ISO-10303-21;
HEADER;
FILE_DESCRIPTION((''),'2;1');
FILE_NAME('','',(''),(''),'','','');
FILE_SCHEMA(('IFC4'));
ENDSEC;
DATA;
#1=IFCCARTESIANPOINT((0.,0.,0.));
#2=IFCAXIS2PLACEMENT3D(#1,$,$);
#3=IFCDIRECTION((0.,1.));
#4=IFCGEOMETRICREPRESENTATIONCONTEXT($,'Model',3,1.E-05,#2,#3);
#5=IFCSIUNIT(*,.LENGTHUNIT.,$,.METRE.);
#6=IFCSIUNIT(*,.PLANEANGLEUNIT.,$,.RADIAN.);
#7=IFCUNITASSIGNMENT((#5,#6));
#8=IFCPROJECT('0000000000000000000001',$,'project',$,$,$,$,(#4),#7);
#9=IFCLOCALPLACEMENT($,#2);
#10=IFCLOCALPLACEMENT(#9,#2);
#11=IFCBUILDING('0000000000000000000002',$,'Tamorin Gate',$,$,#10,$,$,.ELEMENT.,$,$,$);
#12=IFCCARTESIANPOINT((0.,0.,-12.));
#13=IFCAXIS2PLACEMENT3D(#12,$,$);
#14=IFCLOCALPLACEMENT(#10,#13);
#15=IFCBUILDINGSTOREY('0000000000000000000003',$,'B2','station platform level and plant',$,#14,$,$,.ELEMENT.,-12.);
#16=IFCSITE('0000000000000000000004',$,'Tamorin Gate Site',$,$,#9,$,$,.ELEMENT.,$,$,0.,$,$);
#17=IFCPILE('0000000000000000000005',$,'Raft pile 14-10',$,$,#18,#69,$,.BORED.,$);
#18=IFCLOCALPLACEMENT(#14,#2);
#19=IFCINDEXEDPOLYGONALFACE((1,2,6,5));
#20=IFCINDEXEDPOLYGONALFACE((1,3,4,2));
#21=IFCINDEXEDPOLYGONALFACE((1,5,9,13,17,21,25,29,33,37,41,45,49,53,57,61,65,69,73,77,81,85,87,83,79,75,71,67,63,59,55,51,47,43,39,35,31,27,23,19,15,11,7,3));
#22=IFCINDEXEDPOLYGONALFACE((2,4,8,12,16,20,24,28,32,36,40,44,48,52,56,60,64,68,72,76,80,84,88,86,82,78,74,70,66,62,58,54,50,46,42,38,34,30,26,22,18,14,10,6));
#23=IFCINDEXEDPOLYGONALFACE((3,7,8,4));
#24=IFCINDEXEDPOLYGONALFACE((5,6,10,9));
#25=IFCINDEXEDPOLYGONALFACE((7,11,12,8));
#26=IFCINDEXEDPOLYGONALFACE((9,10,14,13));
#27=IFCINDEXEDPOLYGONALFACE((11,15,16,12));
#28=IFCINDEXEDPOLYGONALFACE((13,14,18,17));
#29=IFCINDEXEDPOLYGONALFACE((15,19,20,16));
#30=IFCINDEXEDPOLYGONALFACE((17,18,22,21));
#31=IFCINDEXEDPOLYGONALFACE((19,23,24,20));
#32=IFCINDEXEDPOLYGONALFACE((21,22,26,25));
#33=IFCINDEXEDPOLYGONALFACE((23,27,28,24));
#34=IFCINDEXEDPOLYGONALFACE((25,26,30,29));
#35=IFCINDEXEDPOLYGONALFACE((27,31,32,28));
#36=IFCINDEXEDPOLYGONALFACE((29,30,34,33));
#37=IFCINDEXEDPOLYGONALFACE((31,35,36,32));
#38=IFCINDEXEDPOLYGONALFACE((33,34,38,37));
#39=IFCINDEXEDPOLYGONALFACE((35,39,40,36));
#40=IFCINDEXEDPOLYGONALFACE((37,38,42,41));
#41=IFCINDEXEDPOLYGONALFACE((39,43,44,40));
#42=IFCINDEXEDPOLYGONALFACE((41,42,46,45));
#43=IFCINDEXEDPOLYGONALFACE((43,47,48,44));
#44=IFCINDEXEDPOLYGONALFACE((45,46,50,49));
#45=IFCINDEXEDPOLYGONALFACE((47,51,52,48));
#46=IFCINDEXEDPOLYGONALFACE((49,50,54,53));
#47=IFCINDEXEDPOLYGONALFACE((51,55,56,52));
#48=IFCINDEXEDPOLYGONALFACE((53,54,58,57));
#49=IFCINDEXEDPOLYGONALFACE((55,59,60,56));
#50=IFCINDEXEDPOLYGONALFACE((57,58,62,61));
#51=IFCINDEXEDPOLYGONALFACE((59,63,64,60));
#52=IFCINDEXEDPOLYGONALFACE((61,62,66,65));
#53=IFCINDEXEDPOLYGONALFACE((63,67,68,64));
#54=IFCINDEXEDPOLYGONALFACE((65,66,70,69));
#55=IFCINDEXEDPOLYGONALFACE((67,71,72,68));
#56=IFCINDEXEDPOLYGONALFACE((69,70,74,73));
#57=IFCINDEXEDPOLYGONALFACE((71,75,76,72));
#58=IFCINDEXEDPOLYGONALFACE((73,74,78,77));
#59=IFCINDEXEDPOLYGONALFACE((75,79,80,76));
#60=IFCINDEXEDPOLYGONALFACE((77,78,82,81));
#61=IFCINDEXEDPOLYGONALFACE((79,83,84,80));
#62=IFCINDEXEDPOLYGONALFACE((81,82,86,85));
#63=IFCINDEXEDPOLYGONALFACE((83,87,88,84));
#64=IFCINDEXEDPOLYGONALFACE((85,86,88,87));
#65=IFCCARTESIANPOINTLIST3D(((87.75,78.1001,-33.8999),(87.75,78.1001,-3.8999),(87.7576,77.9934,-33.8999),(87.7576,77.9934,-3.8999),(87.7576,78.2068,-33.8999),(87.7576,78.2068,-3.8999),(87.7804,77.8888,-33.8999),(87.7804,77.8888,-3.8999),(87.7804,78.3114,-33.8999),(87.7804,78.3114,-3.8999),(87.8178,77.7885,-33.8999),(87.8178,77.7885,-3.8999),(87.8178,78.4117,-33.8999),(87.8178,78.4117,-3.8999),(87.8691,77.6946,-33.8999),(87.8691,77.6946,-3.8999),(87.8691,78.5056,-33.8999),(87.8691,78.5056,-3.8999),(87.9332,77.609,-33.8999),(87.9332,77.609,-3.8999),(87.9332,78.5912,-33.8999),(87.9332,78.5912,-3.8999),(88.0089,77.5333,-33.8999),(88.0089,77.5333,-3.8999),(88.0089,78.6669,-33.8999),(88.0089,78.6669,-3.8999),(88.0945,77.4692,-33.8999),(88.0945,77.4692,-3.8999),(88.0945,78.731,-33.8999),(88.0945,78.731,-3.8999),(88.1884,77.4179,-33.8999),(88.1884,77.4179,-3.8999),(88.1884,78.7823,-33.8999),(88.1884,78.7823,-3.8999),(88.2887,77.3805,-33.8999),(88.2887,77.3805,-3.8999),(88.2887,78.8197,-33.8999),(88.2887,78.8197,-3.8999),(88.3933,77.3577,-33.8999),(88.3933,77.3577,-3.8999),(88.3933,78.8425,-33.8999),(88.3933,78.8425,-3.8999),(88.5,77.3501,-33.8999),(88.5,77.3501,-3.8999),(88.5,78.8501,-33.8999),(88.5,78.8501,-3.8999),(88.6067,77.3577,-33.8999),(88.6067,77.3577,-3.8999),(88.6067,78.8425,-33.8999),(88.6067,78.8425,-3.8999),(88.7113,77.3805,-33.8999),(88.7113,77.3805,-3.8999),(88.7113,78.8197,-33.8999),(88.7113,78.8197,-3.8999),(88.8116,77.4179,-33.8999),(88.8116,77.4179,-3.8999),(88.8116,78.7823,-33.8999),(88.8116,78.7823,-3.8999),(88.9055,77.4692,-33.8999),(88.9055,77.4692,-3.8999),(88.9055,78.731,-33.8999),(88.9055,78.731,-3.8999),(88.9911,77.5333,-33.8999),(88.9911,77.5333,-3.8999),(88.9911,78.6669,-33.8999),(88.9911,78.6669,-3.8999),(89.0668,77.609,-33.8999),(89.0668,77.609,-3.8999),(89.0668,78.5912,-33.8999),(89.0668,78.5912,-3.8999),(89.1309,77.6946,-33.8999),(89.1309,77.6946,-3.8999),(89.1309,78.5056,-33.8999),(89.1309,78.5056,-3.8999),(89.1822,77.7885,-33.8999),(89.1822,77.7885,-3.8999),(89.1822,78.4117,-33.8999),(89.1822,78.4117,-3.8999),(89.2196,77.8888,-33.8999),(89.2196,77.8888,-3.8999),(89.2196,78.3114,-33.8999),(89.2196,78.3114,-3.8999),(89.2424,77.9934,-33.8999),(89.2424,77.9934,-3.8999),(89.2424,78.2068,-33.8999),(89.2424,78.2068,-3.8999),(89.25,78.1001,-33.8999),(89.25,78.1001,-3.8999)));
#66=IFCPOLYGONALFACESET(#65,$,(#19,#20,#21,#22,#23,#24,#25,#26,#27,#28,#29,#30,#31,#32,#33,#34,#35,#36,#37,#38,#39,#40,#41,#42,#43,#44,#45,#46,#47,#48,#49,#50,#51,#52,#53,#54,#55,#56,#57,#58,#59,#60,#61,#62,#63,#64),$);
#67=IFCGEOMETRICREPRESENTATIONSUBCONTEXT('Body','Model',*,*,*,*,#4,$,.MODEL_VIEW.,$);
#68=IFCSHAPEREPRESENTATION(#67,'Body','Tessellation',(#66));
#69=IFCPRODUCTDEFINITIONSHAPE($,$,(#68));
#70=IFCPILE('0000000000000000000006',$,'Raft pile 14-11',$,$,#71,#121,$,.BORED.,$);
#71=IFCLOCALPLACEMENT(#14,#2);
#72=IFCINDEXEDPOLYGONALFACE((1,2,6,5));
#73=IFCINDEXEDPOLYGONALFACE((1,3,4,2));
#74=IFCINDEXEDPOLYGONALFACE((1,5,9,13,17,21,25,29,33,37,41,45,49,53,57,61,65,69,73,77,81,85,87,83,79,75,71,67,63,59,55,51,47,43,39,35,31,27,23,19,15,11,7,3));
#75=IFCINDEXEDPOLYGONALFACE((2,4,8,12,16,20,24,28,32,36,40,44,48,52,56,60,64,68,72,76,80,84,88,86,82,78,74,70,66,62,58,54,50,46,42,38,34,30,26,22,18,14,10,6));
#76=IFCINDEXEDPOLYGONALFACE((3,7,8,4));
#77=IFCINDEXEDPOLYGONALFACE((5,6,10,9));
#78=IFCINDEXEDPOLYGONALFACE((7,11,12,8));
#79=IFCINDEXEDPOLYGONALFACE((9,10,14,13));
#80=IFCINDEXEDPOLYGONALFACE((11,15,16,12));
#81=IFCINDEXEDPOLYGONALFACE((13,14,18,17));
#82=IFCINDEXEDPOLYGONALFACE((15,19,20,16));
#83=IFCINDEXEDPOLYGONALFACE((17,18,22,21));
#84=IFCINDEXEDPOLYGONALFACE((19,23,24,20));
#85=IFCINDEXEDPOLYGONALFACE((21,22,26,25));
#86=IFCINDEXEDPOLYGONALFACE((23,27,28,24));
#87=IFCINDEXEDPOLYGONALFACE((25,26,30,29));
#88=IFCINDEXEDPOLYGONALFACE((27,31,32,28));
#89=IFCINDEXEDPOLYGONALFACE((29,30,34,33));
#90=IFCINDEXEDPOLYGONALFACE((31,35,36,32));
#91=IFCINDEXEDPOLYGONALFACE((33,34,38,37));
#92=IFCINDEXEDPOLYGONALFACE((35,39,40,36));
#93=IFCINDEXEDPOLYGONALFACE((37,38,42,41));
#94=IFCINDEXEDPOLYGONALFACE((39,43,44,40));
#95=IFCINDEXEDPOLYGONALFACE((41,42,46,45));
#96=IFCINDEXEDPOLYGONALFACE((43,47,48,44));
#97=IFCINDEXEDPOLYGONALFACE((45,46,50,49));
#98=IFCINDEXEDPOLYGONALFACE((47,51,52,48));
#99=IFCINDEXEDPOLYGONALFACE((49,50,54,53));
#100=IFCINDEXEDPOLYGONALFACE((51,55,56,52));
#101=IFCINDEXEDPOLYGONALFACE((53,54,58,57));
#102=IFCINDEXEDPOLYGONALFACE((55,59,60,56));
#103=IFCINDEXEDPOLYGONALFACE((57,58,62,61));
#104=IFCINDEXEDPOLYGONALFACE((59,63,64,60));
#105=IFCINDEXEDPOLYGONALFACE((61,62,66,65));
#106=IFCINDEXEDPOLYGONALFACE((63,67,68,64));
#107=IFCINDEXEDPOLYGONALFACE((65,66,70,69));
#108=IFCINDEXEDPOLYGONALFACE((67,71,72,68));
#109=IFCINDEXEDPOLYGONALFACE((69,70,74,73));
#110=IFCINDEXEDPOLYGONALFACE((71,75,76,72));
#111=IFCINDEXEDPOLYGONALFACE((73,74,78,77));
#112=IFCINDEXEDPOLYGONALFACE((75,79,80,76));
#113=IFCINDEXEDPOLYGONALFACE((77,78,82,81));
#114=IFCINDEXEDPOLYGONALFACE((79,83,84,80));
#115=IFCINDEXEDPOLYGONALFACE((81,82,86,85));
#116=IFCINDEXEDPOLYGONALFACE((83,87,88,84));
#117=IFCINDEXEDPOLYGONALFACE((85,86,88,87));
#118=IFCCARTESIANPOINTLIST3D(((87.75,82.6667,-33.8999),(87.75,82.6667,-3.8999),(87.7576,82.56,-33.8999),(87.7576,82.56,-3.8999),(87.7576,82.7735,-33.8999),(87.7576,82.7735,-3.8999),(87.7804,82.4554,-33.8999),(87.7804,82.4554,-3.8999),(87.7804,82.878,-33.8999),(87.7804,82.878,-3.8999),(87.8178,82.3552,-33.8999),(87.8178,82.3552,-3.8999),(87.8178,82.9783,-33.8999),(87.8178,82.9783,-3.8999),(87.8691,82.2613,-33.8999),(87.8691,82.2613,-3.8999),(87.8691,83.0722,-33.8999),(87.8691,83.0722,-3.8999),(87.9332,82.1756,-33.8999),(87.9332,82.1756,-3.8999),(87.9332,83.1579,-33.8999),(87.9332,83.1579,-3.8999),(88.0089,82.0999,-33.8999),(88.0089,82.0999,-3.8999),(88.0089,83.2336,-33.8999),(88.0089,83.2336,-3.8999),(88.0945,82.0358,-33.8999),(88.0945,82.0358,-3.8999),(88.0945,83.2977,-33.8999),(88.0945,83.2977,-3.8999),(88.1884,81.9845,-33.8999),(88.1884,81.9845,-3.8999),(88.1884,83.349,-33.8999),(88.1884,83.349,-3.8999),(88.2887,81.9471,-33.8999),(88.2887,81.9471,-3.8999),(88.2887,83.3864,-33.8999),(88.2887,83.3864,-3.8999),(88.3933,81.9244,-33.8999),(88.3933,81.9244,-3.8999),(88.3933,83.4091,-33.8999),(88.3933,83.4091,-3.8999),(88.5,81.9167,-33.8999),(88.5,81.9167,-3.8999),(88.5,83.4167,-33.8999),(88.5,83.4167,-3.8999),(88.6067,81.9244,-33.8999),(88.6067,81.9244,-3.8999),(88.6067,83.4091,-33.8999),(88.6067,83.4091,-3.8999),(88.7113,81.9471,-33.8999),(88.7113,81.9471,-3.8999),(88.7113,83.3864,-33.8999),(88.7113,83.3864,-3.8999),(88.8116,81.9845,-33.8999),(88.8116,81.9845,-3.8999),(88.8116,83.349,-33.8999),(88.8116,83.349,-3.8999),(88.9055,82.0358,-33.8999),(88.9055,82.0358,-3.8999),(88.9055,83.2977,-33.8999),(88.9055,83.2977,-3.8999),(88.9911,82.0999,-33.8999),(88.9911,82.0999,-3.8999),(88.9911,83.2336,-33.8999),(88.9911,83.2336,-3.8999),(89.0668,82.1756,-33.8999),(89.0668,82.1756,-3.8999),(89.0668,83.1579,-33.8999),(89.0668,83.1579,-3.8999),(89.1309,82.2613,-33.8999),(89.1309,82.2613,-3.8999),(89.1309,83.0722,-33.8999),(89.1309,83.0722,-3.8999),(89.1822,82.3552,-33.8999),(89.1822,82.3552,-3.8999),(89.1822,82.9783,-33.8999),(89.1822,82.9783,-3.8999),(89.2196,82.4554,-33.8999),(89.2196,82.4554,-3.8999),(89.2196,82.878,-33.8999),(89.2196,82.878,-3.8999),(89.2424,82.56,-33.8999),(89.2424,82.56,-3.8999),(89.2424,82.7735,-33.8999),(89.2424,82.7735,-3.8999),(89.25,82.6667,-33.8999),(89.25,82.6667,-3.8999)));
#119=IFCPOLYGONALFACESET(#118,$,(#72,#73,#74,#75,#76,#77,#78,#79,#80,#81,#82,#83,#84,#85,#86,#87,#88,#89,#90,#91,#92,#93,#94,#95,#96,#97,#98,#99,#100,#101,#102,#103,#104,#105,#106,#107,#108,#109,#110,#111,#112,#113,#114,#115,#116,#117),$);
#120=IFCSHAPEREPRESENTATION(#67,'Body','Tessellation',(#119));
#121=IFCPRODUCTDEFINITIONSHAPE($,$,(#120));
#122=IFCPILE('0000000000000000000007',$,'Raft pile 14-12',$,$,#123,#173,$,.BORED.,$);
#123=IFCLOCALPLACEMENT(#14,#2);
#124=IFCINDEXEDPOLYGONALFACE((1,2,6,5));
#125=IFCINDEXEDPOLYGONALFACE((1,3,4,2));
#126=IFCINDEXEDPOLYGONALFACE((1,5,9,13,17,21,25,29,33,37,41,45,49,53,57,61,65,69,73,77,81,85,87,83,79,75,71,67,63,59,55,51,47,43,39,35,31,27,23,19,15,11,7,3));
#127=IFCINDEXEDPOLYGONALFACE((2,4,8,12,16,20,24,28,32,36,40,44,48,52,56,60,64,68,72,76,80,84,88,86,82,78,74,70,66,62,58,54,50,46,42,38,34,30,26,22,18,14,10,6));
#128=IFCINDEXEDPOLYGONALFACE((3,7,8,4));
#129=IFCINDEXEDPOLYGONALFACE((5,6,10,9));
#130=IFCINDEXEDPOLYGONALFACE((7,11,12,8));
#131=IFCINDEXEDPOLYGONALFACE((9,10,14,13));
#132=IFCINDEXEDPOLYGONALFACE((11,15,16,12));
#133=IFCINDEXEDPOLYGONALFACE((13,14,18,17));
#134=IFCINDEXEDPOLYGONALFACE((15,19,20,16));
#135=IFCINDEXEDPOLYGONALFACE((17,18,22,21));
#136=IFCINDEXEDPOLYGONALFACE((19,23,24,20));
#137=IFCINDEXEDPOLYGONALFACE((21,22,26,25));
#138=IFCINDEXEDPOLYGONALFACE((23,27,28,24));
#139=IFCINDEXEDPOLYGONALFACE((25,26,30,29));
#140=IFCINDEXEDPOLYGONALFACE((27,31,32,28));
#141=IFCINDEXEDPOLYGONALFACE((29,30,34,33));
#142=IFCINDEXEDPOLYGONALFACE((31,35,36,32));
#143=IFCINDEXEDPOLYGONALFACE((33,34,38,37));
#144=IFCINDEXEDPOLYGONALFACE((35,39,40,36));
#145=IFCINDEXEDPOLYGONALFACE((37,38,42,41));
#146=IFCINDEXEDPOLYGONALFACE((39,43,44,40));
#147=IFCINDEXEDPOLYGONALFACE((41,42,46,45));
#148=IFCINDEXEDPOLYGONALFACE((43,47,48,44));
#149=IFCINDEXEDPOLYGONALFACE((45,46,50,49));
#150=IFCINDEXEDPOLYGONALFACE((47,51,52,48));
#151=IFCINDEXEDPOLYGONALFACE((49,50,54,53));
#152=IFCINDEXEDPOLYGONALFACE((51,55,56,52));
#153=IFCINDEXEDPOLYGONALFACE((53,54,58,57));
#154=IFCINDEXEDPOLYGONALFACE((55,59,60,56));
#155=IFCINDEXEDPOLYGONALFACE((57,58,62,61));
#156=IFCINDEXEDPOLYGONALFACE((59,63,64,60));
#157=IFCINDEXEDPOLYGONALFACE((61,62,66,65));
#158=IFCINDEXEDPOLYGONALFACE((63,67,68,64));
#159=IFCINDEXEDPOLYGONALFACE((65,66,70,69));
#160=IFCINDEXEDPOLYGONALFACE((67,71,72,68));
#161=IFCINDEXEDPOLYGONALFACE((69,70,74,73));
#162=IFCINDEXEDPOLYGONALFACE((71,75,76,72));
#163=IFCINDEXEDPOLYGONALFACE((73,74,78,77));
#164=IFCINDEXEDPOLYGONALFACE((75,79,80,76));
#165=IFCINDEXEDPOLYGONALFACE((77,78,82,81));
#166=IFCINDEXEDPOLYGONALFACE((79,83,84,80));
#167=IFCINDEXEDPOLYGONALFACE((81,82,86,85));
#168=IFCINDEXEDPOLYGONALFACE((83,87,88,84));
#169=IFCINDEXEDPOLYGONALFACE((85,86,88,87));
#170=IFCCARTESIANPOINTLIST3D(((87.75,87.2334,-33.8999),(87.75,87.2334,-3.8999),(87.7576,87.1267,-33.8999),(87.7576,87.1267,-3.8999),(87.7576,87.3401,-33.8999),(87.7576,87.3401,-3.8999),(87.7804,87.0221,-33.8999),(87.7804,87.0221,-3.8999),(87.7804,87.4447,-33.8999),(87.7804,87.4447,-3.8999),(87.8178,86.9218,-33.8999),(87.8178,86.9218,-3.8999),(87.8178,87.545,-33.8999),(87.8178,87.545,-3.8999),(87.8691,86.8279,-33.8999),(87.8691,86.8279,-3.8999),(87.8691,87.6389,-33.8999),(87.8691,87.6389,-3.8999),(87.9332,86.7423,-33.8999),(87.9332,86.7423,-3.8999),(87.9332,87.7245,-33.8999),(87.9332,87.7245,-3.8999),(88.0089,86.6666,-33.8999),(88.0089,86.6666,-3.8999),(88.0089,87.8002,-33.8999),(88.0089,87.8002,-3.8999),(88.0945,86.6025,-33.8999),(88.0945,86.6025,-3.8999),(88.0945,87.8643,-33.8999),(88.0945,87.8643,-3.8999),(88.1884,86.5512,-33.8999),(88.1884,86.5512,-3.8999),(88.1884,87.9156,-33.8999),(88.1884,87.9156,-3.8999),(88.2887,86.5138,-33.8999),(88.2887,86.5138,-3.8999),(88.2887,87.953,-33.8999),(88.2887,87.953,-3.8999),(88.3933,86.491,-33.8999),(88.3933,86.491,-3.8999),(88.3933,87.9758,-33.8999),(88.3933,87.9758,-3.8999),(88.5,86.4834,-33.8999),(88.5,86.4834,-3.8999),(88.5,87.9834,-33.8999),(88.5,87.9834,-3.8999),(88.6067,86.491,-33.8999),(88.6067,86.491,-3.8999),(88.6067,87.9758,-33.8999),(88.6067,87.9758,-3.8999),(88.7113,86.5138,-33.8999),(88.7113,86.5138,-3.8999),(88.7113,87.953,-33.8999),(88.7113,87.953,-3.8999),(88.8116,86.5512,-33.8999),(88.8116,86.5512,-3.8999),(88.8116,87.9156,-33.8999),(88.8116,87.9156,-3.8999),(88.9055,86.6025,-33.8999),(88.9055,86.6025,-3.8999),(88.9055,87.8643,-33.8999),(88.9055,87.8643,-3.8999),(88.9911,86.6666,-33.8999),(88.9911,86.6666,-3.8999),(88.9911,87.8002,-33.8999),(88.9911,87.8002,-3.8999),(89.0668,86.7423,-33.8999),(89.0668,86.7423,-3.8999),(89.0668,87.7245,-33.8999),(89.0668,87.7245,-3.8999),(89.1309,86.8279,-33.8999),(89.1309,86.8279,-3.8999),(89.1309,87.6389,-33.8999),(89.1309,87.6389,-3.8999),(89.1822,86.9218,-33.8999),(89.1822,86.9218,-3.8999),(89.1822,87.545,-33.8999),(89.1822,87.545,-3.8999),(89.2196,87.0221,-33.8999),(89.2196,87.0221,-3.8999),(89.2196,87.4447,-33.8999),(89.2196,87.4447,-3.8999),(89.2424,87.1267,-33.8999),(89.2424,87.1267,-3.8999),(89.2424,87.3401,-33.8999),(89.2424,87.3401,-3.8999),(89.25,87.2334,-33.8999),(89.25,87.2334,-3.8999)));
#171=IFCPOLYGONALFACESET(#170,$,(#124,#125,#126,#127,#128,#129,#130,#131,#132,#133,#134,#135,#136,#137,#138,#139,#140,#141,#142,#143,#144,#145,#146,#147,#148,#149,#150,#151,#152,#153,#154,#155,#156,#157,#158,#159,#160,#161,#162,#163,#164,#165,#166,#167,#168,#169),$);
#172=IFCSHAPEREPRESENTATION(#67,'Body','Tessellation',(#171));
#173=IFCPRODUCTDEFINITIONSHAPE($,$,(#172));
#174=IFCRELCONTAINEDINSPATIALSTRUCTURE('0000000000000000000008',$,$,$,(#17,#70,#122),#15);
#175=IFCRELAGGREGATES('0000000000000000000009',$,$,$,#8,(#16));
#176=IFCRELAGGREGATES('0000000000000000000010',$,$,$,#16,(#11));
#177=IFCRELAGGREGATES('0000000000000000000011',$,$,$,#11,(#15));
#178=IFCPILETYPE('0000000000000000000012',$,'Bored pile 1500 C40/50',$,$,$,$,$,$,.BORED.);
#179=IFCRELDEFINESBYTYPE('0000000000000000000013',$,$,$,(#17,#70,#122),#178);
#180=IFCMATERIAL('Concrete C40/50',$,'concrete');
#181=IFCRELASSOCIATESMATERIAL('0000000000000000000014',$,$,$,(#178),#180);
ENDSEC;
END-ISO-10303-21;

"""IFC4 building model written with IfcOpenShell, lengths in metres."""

from ifc_helpers import new_model, si_unit, direction, frame, origin, origin_2d, place, context, subcontext, project, spatial, circle, extrude, material, material_profile, profile_set, type_object, element, save


model = new_model("IFC4")

# Units and contexts
model_context = context("Model", 3, precision=1e-05, world=origin(), true_north=direction((0.0, 1.0)))
body_context = subcontext(model_context, "Body", "Model", "MODEL_VIEW")
ifc_project = project(units=[si_unit("LENGTHUNIT", "METRE"), si_unit("PLANEANGLEUNIT", "RADIAN")], contexts=[model_context])

# Site, building, storey
site_placement = place(None, origin())
site = spatial("IfcSite", under=ifc_project, at=site_placement, Name="Tamorin Gate Site", CompositionType="ELEMENT", RefElevation=0.0)
building_placement = place(site_placement, origin())
building = spatial("IfcBuilding", under=site, at=building_placement, Name="Tamorin Gate", CompositionType="ELEMENT")
storey_placement = place(building_placement, frame((0.0, 0.0, -12.0)))
storey = spatial("IfcBuildingStorey", under=building, at=storey_placement, Name="B2", Description="station platform level and plant", CompositionType="ELEMENT", Elevation=-12.0)

# Piles
ifc_material_1 = material(Name="Concrete C40/50", Category="concrete")
ifc_material_profile_1 = material_profile(ifc_material_1, circle(Radius=0.75, at=origin_2d()))
ifc_profile_set_1 = profile_set([ifc_material_profile_1], Name="Concrete C40/50")
pile_type = type_object("IfcPileType", Name="Bored pile 1500 C40/50", PredefinedType="BORED", material=ifc_profile_set_1)
for number, where, z_axis, x_axis, name in (
    (1, (88.5, 78.1001, -3.8999), (0.0, 0.0, -1.0), (1.0, 0.0, 0.0), "Raft pile 14-10"),
    (2, (88.5, 82.6667, -3.8999), (0.0, 0.0, -1.0), (1.0, 0.0, 0.0), "Raft pile 14-11"),
    (3, (88.5, 87.2334, -3.8999), (0.0, 0.0, -1.0), (1.0, 0.0, 0.0), "Raft pile 14-12"),
):
    element("IfcPile", number, at=place(storey_placement, frame(where, z_axis=z_axis, x_axis=x_axis)), inside=storey, type_object=pile_type, Name=name, PredefinedType="BORED", context=body_context, shape_type="SweptSolid", body=[
        extrude(circle(Radius=0.75, at=origin_2d()), origin(), (0.0, 0.0, 1.0), 30.0),
    ])

save(model, "model.ifc")
